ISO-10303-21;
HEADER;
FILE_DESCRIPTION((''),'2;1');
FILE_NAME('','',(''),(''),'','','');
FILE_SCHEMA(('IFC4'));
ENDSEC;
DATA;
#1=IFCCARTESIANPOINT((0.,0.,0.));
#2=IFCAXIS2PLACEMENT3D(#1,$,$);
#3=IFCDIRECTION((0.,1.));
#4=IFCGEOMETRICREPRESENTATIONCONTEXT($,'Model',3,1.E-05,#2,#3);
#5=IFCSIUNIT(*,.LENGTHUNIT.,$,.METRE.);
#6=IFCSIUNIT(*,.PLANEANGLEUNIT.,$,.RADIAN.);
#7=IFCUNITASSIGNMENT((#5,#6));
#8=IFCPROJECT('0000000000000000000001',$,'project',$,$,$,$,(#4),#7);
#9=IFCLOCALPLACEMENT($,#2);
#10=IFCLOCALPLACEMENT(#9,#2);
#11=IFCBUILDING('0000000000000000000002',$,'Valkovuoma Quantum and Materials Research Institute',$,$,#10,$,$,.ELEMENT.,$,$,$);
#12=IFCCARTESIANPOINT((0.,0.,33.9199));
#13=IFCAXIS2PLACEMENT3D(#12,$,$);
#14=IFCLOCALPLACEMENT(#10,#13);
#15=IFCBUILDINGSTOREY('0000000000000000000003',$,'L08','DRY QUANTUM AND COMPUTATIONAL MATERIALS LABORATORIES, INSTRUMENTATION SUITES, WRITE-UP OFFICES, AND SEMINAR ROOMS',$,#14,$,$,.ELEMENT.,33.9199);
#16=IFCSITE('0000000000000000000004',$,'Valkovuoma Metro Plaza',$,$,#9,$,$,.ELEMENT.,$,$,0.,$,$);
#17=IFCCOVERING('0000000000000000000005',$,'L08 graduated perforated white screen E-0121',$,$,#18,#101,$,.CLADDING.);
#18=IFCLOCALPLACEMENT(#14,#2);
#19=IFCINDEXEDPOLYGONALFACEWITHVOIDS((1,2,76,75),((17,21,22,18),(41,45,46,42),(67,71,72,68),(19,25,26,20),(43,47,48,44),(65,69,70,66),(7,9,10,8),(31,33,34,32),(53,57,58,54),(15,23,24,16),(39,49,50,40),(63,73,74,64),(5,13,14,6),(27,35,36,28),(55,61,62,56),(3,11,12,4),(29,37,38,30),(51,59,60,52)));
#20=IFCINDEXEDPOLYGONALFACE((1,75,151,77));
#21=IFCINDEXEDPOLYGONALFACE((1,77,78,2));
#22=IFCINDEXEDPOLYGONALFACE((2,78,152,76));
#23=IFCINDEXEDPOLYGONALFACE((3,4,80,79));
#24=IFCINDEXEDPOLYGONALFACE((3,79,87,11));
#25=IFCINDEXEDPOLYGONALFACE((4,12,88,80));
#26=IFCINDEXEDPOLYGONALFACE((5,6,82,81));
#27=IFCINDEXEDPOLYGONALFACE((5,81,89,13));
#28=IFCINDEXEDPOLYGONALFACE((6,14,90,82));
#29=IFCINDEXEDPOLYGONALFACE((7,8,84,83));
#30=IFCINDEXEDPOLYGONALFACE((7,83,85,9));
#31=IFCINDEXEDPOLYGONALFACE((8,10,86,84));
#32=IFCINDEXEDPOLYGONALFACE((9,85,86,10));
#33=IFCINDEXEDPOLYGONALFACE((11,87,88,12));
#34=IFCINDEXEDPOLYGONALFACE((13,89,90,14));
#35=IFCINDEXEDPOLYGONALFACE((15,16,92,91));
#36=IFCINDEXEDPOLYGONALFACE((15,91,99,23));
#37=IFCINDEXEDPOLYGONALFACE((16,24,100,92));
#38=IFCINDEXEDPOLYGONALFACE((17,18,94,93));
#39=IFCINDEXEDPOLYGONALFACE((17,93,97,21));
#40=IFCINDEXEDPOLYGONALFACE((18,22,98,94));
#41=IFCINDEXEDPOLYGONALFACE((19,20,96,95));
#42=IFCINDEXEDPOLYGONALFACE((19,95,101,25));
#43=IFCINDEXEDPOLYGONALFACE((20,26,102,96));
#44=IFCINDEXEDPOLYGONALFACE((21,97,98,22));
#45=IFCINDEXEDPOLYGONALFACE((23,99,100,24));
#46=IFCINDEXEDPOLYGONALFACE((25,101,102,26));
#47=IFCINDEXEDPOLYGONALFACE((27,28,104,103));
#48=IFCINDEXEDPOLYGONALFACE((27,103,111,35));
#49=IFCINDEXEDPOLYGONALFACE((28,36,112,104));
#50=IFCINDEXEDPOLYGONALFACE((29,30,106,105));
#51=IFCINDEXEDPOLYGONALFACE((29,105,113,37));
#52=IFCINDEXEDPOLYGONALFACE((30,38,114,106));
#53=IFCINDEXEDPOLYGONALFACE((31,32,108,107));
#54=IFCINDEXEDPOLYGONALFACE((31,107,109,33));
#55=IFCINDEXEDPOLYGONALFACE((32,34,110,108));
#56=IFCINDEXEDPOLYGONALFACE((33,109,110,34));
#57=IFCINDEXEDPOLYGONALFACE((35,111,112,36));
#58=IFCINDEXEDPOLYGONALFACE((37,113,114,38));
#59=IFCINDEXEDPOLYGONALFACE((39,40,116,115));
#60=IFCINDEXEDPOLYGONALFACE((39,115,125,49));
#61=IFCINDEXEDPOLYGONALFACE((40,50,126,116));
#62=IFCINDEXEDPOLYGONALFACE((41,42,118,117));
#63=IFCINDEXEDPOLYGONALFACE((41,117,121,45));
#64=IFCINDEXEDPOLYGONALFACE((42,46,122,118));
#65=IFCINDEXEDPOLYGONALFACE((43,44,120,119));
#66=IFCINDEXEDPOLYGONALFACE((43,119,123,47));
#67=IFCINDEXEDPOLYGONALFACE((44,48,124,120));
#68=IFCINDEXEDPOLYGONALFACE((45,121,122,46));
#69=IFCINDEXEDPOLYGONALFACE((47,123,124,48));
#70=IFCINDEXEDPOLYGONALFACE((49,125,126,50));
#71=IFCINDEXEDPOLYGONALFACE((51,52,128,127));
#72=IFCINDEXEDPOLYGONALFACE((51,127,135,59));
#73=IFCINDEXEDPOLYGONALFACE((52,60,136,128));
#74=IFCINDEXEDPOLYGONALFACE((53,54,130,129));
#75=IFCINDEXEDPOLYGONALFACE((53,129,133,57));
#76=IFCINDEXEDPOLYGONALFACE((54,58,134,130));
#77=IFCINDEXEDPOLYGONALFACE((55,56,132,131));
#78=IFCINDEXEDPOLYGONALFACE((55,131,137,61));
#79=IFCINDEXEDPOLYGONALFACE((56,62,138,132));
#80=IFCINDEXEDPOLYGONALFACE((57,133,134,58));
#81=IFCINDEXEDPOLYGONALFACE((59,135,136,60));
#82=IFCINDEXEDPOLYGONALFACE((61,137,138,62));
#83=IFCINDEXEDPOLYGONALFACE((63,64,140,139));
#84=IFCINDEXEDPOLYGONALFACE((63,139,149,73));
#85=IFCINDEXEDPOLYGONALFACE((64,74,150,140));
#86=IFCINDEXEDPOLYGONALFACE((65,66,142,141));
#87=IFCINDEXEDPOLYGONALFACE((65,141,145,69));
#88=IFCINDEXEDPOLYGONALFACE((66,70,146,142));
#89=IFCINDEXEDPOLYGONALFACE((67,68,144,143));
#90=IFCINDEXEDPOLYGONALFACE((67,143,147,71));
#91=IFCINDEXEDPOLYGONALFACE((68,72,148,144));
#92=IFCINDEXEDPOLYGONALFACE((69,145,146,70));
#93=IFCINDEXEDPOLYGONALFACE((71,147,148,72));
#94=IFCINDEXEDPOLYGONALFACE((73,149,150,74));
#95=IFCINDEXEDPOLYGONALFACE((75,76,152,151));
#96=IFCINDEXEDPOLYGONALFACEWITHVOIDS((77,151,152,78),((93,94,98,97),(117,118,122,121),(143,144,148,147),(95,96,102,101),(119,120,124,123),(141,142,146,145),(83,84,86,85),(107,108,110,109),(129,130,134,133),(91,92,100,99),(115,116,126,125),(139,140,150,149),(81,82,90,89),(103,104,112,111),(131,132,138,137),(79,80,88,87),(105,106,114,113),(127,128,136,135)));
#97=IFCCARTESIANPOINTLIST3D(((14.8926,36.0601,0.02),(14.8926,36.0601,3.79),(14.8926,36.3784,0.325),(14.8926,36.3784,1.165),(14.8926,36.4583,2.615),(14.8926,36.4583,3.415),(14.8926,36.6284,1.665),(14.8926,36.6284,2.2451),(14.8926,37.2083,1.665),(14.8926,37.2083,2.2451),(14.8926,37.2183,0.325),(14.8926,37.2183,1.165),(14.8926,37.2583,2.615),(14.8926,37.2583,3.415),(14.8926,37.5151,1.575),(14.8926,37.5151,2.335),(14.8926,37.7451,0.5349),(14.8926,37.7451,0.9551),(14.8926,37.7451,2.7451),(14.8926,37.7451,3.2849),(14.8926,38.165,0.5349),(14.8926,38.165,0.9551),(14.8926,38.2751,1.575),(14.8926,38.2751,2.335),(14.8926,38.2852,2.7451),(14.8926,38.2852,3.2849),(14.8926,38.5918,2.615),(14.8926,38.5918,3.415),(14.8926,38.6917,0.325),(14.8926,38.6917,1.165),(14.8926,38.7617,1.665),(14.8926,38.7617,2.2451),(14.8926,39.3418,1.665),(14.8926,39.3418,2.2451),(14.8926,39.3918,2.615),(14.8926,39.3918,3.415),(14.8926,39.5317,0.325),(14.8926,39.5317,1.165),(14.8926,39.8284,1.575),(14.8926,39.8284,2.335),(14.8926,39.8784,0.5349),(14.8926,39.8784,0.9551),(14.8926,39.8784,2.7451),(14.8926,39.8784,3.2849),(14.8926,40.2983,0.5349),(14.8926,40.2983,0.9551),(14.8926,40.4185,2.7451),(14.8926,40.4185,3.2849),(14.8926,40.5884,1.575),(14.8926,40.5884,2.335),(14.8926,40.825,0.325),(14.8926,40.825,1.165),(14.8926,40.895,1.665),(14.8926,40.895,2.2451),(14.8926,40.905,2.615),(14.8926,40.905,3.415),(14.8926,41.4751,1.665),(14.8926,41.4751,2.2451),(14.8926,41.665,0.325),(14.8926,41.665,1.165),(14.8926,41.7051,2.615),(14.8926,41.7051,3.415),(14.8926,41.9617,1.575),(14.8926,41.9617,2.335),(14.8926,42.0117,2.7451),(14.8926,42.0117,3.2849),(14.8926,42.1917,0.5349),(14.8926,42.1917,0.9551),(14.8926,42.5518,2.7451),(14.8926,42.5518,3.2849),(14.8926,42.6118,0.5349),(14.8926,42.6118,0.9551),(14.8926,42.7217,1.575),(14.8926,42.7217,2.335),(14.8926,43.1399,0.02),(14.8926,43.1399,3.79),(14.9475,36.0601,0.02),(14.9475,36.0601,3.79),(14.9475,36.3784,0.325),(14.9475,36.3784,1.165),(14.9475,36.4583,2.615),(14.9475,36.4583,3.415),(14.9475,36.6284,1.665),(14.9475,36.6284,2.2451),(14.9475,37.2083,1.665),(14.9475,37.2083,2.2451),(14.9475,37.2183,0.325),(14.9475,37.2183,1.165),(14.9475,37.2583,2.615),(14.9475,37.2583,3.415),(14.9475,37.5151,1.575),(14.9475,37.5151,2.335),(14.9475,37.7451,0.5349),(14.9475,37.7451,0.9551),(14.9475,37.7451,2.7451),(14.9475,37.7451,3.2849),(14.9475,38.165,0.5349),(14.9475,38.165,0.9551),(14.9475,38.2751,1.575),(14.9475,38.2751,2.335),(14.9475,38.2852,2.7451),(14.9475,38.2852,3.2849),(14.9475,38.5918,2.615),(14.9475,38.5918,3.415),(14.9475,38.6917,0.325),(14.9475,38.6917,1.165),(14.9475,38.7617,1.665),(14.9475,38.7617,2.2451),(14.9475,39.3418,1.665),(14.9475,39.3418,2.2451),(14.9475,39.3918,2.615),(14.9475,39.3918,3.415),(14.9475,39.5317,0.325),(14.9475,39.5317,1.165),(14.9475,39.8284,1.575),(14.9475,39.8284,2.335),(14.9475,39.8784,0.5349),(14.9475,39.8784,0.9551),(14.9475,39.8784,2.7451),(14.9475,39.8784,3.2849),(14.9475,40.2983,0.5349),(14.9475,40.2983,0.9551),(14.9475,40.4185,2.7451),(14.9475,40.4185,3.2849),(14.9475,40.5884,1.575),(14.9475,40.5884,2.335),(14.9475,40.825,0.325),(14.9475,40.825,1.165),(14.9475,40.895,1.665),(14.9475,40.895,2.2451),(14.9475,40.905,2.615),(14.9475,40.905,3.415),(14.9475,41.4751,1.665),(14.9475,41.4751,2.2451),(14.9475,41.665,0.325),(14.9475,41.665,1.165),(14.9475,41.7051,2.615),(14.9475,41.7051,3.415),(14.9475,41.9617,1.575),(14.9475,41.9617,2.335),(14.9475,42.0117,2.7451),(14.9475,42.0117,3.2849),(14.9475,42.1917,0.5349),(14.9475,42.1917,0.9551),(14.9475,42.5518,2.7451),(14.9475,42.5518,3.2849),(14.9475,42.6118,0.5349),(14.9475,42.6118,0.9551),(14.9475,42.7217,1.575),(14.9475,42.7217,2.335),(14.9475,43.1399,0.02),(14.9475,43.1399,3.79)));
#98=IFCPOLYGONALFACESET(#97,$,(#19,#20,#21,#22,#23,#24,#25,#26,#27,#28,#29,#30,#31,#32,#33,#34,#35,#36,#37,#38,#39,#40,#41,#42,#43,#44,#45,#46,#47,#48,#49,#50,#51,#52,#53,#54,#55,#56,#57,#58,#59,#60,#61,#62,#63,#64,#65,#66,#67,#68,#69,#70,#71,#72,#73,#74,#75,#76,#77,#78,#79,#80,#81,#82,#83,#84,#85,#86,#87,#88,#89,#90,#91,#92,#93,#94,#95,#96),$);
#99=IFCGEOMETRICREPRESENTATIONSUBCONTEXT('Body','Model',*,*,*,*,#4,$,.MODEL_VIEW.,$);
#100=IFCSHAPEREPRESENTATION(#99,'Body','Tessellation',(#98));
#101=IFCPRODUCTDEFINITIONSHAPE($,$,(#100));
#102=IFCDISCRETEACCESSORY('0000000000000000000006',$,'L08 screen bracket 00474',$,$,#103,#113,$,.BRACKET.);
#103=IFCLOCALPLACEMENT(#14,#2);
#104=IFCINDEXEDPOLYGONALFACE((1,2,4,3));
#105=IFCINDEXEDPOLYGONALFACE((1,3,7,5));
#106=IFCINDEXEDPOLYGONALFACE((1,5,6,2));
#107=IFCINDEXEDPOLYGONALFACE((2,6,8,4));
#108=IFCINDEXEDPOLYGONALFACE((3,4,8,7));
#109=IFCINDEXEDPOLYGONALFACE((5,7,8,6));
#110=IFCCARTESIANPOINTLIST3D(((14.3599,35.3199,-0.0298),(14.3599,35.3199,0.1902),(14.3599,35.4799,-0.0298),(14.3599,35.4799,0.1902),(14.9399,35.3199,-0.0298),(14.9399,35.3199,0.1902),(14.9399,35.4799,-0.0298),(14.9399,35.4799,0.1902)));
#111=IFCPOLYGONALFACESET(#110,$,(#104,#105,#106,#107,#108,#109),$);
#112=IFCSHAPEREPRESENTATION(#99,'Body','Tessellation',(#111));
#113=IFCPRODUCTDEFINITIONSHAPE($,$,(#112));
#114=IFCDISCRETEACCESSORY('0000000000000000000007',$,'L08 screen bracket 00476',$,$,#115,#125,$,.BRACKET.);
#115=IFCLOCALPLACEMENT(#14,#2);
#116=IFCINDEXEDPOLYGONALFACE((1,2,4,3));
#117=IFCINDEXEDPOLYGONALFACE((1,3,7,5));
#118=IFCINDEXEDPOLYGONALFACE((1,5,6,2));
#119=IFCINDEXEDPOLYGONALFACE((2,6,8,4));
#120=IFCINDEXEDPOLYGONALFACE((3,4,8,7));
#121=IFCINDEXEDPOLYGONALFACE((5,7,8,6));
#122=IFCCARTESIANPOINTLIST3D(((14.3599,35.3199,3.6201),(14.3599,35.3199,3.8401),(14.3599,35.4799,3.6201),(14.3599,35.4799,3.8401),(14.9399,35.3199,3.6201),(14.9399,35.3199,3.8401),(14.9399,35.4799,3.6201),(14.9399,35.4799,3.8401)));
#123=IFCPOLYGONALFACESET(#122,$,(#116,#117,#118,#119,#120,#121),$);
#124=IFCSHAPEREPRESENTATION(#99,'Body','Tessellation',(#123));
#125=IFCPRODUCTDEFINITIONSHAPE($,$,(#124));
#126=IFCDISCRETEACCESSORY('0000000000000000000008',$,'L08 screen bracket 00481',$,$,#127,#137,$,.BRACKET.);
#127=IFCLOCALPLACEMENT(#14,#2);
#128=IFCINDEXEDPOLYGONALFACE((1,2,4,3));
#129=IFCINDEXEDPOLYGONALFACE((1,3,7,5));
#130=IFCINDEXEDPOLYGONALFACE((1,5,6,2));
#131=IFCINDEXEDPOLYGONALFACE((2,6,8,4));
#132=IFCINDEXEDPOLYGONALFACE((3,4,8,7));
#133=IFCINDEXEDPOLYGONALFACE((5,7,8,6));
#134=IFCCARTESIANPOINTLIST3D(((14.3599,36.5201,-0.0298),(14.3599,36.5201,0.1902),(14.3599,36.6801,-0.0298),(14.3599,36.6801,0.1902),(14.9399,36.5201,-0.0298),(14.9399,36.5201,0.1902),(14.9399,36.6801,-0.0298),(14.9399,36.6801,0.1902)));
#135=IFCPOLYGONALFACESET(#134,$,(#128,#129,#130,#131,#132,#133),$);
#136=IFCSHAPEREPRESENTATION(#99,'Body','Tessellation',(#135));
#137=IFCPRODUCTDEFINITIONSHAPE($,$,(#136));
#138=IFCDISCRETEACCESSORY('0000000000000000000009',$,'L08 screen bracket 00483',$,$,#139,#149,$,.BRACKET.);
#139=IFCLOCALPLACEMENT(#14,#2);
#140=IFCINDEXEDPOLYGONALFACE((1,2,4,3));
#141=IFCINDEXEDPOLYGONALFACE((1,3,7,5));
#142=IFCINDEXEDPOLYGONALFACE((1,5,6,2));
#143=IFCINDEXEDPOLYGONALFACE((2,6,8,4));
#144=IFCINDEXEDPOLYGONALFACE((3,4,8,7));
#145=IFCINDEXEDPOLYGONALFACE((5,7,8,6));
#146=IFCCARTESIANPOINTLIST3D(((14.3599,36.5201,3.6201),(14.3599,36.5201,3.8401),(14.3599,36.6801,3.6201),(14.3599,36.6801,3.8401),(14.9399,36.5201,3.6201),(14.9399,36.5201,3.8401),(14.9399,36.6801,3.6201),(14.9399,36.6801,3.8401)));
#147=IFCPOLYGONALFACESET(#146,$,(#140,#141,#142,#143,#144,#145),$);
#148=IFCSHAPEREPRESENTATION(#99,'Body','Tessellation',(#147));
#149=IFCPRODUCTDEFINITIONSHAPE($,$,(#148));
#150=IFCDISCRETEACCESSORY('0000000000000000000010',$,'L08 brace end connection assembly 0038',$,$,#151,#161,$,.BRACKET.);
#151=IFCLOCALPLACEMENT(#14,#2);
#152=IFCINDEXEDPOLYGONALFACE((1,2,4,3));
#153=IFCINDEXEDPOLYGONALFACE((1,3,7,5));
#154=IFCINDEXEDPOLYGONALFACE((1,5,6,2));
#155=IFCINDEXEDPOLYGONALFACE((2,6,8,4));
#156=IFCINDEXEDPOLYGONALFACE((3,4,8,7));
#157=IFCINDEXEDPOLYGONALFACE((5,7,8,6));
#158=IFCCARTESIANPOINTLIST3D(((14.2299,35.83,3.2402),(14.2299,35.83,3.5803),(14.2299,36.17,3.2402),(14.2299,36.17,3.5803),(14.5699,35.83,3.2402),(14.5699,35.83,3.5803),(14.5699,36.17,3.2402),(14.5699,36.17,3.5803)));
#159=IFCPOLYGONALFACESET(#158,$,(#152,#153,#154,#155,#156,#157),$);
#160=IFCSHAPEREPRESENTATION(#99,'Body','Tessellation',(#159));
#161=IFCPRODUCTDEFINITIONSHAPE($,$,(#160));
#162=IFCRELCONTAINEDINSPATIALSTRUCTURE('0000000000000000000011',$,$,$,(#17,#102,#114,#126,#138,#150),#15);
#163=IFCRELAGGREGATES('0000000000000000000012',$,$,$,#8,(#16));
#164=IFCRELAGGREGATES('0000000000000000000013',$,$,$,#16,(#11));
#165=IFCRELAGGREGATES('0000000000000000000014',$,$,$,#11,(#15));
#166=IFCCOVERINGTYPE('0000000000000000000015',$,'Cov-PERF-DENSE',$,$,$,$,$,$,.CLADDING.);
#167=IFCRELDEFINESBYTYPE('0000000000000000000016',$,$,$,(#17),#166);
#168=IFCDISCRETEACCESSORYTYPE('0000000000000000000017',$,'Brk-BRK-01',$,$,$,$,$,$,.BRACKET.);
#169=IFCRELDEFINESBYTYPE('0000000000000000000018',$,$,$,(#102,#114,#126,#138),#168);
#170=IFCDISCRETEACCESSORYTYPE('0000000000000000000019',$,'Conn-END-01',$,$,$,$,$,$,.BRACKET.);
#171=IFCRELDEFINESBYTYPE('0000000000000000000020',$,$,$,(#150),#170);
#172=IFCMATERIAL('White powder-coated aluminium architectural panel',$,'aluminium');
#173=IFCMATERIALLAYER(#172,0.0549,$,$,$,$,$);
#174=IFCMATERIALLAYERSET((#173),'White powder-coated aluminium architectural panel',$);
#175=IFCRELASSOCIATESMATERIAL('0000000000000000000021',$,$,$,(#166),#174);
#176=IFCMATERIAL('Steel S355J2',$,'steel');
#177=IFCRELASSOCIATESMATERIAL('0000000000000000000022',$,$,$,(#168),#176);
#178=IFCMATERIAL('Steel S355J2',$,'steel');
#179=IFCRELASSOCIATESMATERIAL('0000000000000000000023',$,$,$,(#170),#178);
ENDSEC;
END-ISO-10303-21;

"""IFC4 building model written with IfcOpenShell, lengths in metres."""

from ifc_helpers import new_model, si_unit, direction, frame, origin, origin_2d, place, context, subcontext, project, spatial, polyline, rectangle, outline, extrude, material, layer, layer_set, type_object, element, save


model = new_model("IFC4")

# Units and contexts
model_context = context("Model", 3, precision=1e-05, world=origin(), true_north=direction((0.0, 1.0)))
body_context = subcontext(model_context, "Body", "Model", "MODEL_VIEW")
ifc_project = project(units=[si_unit("LENGTHUNIT", "METRE"), si_unit("PLANEANGLEUNIT", "RADIAN")], contexts=[model_context])

# Site, building, storey
site_placement = place(None, origin())
site = spatial("IfcSite", under=ifc_project, at=site_placement, Name="Valkovuoma Metro Plaza", CompositionType="ELEMENT", RefElevation=0.0)
building_placement = place(site_placement, origin())
building = spatial("IfcBuilding", under=site, at=building_placement, Name="Valkovuoma Quantum and Materials Research Institute", CompositionType="ELEMENT")
storey_placement = place(building_placement, frame((0.0, 0.0, 33.9199)))
storey = spatial("IfcBuildingStorey", under=building, at=storey_placement, Name="L08", Description="DRY QUANTUM AND COMPUTATIONAL MATERIALS LABORATORIES, INSTRUMENTATION SUITES, WRITE-UP OFFICES, AND SEMINAR ROOMS", CompositionType="ELEMENT", Elevation=33.9199)

# Covering
ifc_material_1 = material(Name="White powder-coated aluminium architectural panel", Category="aluminium")
ifc_layer_1 = layer(ifc_material_1, 0.0549)
ifc_layer_set_1 = layer_set([ifc_layer_1], Name="White powder-coated aluminium architectural panel")
covering_type = type_object("IfcCoveringType", Name="Cov-PERF-DENSE", PredefinedType="CLADDING", material=ifc_layer_set_1)
covering_placement = place(storey_placement, frame((14.9199, 36.0601, 0.02), z_axis=(0.0, 0.0, 1.0), x_axis=(0.0, 1.0, 0.0)))
element("IfcCovering", 1, at=covering_placement, inside=storey, type_object=covering_type, Name="L08 graduated perforated white screen E-0121", PredefinedType="CLADDING", context=body_context, shape_type="SweptSolid", body=[
    extrude(outline(polyline([(0.0, 0.0), (7.0798, 0.0), (7.0798, 3.77), (0.0, 3.77), (0.0, 0.0)]), holes=[polyline([(0.3184, 0.3049), (0.3184, 1.145), (1.1582, 1.145), (1.1582, 0.3049), (0.3184, 0.3049)]), polyline([(0.5684, 1.645), (0.5684, 2.2251), (1.1482, 2.2251), (1.1482, 1.645), (0.5684, 1.645)]), polyline([(0.3982, 2.595), (0.3982, 3.395), (1.1982, 3.395), (1.1982, 2.595), (0.3982, 2.595)]), polyline([(1.6851, 0.5149), (1.6851, 0.9351), (2.105, 0.9351), (2.105, 0.5149), (1.6851, 0.5149)]), polyline([(1.4551, 1.5549), (1.4551, 2.3149), (2.2151, 2.3149), (2.2151, 1.5549), (1.4551, 1.5549)]), polyline([(1.6851, 2.7251), (1.6851, 3.2649), (2.2251, 3.2649), (2.2251, 2.7251), (1.6851, 2.7251)]), polyline([(2.6316, 0.3049), (2.6316, 1.145), (3.4717, 1.145), (3.4717, 0.3049), (2.6316, 0.3049)]), polyline([(2.7017, 1.645), (2.7017, 2.2251), (3.2817, 2.2251), (3.2817, 1.645), (2.7017, 1.645)]), polyline([(2.5317, 2.595), (2.5317, 3.395), (3.3318, 3.395), (3.3318, 2.595), (2.5317, 2.595)]), polyline([(3.8184, 0.5149), (3.8184, 0.9351), (4.2383, 0.9351), (4.2383, 0.5149), (3.8184, 0.5149)]), polyline([(3.7683, 1.5549), (3.7683, 2.3149), (4.5283, 2.3149), (4.5283, 1.5549), (3.7683, 1.5549)]), polyline([(3.8184, 2.7251), (3.8184, 3.2649), (4.3584, 3.2649), (4.3584, 2.7251), (3.8184, 2.7251)]), polyline([(4.7649, 0.3049), (4.7649, 1.145), (5.605, 1.145), (5.605, 0.3049), (4.7649, 0.3049)]), polyline([(4.835, 1.645), (4.835, 2.2251), (5.415, 2.2251), (5.415, 1.645), (4.835, 1.645)]), polyline([(4.845, 2.595), (4.845, 3.395), (5.645, 3.395), (5.645, 2.595), (4.845, 2.595)]), polyline([(6.1316, 0.5149), (6.1316, 0.9351), (6.5518, 0.9351), (6.5518, 0.5149), (6.1316, 0.5149)]), polyline([(5.9016, 1.5549), (5.9016, 2.3149), (6.6616, 2.3149), (6.6616, 1.5549), (5.9016, 1.5549)]), polyline([(5.9517, 2.7251), (5.9517, 3.2649), (6.4917, 3.2649), (6.4917, 2.7251), (5.9517, 2.7251)])]), frame((0.0, 0.0273, 0.0), z_axis=(0.0, -1.0, 0.0), x_axis=(1.0, 0.0, 0.0)), (0.0, 0.0, 1.0), 0.0549),
])

# Discrete accessories
ifc_material_2 = material(Name="Steel S355J2", Category="steel")
discrete_accessory_type_1 = type_object("IfcDiscreteAccessoryType", Name="Brk-BRK-01", PredefinedType="BRACKET", material=ifc_material_2)
for number, where, z_axis, x_axis, name in (
    (2, (14.6499, 35.3999, -0.0298), (0.0, 0.0, 1.0), (1.0, 0.0, 0.0), "L08 screen bracket 00474"),
    (3, (14.6499, 35.3999, 3.6201), (0.0, 0.0, 1.0), (1.0, 0.0, 0.0), "L08 screen bracket 00476"),
    (4, (14.6499, 36.6001, -0.0298), (0.0, 0.0, 1.0), (1.0, 0.0, 0.0), "L08 screen bracket 00481"),
    (5, (14.6499, 36.6001, 3.6201), (0.0, 0.0, 1.0), (1.0, 0.0, 0.0), "L08 screen bracket 00483"),
):
    element("IfcDiscreteAccessory", number, at=place(storey_placement, frame(where, z_axis=z_axis, x_axis=x_axis)), inside=storey, type_object=discrete_accessory_type_1, Name=name, PredefinedType="BRACKET", context=body_context, shape_type="SweptSolid", body=[
        extrude(rectangle(XDim=0.5801, YDim=0.1599, at=origin_2d()), origin(), (0.0, 0.0, 1.0), 0.22),
    ])
ifc_material_3 = material(Name="Steel S355J2", Category="steel")
discrete_accessory_type_2 = type_object("IfcDiscreteAccessoryType", Name="Conn-END-01", PredefinedType="BRACKET", material=ifc_material_3)
discrete_accessory_placement = place(storey_placement, frame((14.3999, 36.0, 3.2402), z_axis=(0.0, 0.0, 1.0), x_axis=(1.0, 0.0, 0.0)))
element("IfcDiscreteAccessory", 6, at=discrete_accessory_placement, inside=storey, type_object=discrete_accessory_type_2, Name="L08 brace end connection assembly 0038", PredefinedType="BRACKET", context=body_context, shape_type="SweptSolid", body=[
    extrude(rectangle(XDim=0.3401, YDim=0.3401, at=origin_2d()), origin(), (0.0, 0.0, 1.0), 0.3401),
])

save(model, "model.ifc")
